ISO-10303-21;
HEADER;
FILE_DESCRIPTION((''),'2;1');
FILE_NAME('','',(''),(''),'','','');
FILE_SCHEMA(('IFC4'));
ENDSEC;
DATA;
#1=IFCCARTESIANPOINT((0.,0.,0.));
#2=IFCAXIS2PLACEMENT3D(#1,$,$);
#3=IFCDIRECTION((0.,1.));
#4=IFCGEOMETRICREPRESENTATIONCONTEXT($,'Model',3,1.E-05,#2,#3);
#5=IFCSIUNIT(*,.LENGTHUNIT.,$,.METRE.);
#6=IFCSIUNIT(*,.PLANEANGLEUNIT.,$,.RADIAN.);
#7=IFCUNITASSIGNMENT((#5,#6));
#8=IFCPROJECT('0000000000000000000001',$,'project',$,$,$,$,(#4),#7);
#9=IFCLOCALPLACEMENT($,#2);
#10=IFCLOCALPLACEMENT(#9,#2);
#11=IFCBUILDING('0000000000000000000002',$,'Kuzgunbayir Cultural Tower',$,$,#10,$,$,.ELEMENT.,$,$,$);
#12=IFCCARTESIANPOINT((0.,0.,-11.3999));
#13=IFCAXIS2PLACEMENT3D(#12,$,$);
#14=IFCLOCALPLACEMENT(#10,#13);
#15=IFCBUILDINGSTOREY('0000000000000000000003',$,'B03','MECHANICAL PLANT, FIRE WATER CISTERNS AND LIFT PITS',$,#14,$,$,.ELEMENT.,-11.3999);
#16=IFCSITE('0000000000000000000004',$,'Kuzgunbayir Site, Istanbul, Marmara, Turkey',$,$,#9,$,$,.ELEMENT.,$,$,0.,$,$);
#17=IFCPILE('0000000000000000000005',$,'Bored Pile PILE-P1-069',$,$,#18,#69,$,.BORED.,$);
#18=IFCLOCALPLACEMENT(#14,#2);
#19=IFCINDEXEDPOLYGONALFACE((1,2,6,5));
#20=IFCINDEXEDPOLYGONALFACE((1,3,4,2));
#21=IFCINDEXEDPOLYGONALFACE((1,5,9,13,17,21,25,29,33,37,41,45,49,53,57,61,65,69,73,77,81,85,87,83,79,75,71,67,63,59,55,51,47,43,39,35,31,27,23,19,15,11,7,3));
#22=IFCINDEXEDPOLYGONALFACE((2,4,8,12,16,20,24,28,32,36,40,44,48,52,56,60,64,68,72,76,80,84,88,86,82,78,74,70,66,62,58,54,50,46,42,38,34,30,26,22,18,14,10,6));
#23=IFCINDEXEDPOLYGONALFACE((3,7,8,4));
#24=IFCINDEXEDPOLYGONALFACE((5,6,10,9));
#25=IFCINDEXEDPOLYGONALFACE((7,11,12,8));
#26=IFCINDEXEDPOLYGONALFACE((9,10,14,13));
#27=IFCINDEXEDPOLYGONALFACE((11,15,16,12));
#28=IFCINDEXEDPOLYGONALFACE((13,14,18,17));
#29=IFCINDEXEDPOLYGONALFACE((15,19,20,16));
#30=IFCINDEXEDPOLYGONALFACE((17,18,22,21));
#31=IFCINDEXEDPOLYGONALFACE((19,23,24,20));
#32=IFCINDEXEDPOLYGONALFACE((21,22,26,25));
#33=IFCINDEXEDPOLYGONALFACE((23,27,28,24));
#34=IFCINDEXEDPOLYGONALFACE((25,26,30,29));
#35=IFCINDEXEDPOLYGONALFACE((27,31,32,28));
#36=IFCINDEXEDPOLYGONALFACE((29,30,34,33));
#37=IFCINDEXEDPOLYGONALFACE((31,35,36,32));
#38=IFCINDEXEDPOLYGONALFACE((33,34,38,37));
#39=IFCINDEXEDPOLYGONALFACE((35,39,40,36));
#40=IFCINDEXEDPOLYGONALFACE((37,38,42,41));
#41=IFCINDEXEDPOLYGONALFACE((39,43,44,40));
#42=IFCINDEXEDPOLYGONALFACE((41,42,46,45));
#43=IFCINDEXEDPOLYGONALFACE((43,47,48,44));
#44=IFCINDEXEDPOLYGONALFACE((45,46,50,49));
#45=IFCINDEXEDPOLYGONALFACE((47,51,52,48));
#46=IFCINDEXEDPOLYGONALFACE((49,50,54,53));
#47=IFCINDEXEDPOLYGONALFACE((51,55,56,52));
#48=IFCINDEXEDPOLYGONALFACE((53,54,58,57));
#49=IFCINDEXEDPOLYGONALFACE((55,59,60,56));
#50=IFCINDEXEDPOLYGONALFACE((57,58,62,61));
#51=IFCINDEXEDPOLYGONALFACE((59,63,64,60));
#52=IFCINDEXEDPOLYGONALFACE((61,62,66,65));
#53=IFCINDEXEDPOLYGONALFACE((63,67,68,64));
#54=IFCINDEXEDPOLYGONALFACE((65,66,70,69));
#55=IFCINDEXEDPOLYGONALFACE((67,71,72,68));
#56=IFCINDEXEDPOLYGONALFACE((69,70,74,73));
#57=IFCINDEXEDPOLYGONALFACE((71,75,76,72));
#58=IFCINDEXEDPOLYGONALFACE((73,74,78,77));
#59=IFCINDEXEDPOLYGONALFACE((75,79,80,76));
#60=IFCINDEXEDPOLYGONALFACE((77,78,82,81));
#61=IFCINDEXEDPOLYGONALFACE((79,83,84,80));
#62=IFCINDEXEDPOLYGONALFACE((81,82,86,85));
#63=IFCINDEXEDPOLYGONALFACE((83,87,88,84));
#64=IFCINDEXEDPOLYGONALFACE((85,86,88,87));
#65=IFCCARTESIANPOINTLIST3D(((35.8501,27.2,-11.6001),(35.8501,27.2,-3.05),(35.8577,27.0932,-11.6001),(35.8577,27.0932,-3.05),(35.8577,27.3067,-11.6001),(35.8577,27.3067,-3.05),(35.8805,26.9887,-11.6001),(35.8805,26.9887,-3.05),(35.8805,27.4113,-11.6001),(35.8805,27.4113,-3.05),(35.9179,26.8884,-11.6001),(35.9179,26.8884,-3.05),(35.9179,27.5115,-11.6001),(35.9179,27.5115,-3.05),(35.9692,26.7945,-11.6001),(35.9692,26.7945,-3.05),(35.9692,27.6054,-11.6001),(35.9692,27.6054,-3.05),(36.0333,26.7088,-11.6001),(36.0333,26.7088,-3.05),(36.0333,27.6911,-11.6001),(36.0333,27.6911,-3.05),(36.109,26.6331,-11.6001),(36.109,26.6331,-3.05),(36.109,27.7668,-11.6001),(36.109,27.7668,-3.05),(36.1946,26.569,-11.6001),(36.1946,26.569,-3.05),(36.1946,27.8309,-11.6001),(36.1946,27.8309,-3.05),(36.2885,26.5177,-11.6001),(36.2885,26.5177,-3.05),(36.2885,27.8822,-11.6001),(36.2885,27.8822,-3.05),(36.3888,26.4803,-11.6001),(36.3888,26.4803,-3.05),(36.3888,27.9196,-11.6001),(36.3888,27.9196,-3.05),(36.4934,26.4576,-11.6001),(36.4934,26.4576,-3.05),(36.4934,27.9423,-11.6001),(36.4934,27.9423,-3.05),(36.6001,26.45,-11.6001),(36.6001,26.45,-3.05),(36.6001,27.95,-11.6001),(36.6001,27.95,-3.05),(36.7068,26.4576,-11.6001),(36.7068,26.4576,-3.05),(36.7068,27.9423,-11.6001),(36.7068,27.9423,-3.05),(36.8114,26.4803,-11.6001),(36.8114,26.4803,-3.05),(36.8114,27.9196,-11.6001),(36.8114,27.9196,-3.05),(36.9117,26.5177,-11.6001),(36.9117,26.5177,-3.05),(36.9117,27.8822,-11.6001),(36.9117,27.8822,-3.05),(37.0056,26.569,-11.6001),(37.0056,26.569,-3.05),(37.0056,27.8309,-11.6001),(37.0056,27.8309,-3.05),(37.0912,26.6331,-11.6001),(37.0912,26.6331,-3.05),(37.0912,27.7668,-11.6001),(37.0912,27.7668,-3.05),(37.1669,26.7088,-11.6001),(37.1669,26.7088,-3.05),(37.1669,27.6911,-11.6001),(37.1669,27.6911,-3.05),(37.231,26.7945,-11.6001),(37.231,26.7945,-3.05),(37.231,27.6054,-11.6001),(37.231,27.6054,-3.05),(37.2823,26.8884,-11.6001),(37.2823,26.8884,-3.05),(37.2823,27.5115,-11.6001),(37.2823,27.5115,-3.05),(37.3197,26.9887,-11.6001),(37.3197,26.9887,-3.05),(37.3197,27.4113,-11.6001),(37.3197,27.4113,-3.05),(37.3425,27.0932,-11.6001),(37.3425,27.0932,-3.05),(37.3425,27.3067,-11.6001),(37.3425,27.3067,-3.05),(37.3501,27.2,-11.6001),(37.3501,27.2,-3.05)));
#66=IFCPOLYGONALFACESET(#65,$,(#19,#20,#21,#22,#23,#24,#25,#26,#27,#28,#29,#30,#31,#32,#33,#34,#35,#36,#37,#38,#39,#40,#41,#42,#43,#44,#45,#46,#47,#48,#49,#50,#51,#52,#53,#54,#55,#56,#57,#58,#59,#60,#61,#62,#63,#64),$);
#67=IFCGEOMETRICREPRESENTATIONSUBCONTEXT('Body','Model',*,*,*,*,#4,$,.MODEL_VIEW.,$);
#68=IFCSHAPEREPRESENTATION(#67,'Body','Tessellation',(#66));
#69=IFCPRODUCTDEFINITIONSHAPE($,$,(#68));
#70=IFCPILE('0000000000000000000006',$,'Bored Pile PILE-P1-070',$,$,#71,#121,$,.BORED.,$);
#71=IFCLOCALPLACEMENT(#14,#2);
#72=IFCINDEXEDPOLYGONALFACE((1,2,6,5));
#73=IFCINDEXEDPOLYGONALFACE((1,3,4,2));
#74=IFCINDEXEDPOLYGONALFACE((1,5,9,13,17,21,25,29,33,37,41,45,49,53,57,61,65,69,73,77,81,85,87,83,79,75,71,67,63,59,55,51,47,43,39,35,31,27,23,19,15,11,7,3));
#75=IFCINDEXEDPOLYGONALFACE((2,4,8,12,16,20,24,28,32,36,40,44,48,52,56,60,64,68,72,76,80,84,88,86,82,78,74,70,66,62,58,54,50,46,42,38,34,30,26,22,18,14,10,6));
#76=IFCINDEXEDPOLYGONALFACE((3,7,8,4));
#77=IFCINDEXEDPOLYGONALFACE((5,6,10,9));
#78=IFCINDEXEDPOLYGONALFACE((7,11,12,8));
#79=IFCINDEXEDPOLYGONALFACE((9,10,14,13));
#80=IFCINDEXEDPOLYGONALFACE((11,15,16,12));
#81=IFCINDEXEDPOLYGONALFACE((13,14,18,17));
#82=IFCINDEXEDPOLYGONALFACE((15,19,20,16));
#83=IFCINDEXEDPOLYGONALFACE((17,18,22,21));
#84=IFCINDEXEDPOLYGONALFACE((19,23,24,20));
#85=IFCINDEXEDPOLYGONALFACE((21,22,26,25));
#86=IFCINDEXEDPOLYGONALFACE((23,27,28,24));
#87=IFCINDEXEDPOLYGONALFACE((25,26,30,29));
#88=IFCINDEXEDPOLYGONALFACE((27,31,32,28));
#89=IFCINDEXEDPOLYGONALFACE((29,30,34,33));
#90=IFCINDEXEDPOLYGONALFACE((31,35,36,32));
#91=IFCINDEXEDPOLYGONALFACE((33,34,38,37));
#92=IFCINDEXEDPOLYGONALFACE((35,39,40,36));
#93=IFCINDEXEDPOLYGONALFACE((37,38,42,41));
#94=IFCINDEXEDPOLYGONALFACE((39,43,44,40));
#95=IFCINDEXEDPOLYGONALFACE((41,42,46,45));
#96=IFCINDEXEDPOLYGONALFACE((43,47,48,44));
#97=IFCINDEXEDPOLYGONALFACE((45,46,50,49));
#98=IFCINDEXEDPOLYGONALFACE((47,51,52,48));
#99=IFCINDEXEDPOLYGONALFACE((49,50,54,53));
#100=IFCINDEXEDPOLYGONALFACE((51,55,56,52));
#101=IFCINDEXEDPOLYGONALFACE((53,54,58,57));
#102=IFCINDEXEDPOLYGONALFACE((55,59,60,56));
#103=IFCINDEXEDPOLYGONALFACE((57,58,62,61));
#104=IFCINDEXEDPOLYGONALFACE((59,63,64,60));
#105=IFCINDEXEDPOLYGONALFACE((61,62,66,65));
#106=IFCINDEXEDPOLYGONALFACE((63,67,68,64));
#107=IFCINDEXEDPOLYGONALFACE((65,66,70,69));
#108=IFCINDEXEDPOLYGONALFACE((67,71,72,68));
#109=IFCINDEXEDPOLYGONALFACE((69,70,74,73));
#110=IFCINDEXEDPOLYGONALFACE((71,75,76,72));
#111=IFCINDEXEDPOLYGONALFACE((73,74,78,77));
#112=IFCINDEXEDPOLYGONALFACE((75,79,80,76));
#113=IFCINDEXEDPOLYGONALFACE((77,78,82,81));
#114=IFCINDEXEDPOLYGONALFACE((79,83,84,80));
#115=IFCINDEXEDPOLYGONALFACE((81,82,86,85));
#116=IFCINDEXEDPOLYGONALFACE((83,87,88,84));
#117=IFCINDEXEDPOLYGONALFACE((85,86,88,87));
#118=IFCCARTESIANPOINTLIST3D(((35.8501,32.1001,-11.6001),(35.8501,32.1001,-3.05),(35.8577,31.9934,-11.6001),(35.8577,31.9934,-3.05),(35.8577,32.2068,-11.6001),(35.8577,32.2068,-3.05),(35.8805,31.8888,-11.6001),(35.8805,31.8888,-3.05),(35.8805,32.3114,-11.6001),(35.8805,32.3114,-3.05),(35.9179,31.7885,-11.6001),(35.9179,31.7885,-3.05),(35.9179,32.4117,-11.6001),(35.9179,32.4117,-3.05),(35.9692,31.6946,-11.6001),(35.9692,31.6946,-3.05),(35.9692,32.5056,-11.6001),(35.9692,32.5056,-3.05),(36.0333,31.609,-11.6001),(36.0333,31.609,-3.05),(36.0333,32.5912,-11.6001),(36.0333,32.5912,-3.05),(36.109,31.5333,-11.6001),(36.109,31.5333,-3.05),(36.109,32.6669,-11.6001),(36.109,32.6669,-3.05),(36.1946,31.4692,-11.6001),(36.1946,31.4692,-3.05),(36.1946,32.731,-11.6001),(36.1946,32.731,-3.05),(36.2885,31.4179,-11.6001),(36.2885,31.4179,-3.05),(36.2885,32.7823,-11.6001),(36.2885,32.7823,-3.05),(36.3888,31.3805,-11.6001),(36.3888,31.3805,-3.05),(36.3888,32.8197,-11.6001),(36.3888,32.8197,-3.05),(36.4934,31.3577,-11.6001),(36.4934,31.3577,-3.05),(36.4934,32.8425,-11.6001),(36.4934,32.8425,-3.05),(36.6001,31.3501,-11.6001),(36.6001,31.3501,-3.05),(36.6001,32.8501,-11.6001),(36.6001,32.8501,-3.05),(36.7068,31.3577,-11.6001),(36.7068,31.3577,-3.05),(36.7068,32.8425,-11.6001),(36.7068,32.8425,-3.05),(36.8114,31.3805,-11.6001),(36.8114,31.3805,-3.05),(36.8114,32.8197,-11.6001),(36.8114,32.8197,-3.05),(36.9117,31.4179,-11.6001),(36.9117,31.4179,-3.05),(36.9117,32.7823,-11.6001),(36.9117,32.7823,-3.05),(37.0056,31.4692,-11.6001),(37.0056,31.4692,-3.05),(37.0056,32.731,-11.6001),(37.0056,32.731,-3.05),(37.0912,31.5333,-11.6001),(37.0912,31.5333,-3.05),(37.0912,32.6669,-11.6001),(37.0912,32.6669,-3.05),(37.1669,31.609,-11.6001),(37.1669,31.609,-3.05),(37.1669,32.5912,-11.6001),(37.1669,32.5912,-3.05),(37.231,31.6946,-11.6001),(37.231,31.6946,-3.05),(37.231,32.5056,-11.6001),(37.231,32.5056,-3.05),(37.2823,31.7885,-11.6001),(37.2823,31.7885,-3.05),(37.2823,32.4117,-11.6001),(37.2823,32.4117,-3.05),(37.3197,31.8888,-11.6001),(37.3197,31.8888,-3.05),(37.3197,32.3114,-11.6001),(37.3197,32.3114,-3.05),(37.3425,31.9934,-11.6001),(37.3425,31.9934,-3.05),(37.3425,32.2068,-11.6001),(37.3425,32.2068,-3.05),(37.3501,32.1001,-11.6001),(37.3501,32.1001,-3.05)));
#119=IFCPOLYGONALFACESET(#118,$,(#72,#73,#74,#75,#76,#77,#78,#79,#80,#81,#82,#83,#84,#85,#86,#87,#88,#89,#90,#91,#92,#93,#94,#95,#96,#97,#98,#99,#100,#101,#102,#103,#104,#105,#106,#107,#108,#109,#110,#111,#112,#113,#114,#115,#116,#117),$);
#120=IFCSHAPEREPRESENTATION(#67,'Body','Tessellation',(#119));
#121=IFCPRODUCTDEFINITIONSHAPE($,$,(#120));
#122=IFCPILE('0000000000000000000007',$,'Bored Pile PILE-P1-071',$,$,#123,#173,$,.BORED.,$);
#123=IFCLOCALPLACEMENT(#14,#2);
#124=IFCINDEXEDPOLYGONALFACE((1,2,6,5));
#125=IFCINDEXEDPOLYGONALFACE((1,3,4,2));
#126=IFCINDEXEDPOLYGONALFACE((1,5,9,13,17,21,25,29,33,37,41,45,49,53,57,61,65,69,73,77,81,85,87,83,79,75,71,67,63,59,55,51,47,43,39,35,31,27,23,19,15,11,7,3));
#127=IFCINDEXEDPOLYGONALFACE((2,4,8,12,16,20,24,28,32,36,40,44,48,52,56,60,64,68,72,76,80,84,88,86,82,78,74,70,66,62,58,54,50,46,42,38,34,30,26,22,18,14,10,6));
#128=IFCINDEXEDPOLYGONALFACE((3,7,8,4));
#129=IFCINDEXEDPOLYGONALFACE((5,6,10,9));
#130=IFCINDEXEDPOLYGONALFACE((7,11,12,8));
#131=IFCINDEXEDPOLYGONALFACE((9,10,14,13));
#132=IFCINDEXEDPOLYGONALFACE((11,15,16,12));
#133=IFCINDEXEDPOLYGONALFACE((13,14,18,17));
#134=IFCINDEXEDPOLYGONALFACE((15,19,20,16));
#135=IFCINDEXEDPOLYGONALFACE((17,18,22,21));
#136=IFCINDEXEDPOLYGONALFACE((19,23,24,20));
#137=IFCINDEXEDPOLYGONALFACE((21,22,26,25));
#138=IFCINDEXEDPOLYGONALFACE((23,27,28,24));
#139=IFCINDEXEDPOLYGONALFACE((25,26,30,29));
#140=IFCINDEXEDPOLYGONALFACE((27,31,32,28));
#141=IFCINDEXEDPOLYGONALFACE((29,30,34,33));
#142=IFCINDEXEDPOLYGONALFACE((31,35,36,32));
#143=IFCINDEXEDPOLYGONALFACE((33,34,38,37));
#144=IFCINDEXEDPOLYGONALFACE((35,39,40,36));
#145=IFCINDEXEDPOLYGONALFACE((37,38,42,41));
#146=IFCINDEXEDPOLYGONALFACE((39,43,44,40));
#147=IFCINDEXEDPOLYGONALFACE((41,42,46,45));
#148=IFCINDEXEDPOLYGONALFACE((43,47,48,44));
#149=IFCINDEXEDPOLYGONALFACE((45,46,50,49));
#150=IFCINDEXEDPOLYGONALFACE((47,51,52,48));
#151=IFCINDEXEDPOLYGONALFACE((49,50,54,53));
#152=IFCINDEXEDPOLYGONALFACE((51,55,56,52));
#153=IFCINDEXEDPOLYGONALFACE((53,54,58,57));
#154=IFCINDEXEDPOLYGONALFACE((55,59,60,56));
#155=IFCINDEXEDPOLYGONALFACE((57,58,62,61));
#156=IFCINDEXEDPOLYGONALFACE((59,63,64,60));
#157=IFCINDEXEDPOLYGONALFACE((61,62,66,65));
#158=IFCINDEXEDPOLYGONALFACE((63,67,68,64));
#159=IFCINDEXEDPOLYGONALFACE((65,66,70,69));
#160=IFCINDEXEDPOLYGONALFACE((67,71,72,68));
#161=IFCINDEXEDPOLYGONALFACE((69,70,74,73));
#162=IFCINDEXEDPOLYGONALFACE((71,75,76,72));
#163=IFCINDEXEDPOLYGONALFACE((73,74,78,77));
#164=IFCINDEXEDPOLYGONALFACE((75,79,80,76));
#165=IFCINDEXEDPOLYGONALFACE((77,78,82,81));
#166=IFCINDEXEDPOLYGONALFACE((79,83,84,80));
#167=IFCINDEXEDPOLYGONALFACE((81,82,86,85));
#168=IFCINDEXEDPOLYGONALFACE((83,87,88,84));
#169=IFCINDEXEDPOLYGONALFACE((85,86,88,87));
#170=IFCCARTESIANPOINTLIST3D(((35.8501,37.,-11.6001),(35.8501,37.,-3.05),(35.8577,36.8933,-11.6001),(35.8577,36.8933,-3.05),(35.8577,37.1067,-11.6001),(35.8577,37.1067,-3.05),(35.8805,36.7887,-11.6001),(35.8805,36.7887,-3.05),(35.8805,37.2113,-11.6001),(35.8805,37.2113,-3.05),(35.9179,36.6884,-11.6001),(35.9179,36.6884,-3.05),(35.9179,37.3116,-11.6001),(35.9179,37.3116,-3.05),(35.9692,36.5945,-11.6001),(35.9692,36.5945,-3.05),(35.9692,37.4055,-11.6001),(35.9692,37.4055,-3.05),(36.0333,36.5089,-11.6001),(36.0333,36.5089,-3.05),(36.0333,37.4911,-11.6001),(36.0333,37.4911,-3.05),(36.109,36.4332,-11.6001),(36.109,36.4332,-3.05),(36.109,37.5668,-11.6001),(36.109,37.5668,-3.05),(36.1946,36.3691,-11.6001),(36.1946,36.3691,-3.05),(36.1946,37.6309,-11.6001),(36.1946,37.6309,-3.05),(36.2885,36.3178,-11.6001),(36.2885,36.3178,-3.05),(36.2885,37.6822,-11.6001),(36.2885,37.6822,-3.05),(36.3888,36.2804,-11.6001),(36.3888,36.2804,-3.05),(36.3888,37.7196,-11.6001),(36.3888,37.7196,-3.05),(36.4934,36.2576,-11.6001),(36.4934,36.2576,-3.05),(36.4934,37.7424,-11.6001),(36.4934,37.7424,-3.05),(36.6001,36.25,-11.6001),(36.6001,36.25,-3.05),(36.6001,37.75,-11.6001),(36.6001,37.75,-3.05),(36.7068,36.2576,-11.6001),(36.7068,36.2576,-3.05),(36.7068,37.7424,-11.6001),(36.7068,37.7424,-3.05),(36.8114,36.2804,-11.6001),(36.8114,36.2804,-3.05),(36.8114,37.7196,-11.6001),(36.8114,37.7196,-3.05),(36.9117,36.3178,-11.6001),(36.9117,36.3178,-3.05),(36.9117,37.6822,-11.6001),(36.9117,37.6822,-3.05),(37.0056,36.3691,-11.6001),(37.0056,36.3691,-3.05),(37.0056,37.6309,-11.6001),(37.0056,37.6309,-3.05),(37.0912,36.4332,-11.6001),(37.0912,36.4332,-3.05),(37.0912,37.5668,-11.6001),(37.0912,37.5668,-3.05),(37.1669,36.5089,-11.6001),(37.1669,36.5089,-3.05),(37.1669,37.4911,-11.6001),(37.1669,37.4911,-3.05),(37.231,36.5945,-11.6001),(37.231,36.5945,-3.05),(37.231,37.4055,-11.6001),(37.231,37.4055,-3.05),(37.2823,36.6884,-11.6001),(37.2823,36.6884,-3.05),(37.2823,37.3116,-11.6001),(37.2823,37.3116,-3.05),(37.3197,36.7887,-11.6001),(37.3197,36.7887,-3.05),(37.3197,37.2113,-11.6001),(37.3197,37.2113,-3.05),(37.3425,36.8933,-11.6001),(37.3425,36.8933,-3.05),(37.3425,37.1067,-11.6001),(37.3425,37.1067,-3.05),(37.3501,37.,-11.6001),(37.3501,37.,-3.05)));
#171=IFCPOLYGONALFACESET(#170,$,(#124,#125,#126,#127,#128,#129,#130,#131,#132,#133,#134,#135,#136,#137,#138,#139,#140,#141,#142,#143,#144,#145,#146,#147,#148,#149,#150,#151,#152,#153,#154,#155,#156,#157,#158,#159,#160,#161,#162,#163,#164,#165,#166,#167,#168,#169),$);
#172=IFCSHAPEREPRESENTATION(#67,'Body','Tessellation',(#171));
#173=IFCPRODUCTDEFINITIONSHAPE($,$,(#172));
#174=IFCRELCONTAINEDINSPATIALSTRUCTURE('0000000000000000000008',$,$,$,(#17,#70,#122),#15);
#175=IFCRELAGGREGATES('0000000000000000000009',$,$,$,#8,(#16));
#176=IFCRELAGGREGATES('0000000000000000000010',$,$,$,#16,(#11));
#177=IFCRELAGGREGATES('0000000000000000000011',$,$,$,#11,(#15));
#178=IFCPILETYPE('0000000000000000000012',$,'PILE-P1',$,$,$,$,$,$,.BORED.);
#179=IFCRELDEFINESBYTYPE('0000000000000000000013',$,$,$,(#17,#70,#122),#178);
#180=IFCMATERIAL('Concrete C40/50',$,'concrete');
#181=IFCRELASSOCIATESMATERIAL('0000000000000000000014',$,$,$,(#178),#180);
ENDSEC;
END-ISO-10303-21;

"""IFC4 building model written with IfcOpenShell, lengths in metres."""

from ifc_helpers import new_model, si_unit, direction, frame, origin, origin_2d, place, context, subcontext, project, spatial, circle, extrude, material, material_profile, profile_set, type_object, element, save


model = new_model("IFC4")

# Units and contexts
model_context = context("Model", 3, precision=1e-05, world=origin(), true_north=direction((0.0, 1.0)))
body_context = subcontext(model_context, "Body", "Model", "MODEL_VIEW")
ifc_project = project(units=[si_unit("LENGTHUNIT", "METRE"), si_unit("PLANEANGLEUNIT", "RADIAN")], contexts=[model_context])

# Site, building, storey
site_placement = place(None, origin())
site = spatial("IfcSite", under=ifc_project, at=site_placement, Name="Kuzgunbayir Site, Istanbul, Marmara, Turkey", CompositionType="ELEMENT", RefElevation=0.0)
building_placement = place(site_placement, origin())
building = spatial("IfcBuilding", under=site, at=building_placement, Name="Kuzgunbayir Cultural Tower", CompositionType="ELEMENT")
storey_placement = place(building_placement, frame((0.0, 0.0, -11.3999)))
storey = spatial("IfcBuildingStorey", under=building, at=storey_placement, Name="B03", Description="MECHANICAL PLANT, FIRE WATER CISTERNS AND LIFT PITS", CompositionType="ELEMENT", Elevation=-11.3999)

# Piles
ifc_material_1 = material(Name="Concrete C40/50", Category="concrete")
ifc_material_profile_1 = material_profile(ifc_material_1, circle(Radius=0.75, at=origin_2d()), Name="BORED PILE 1500")
ifc_profile_set_1 = profile_set([ifc_material_profile_1], Name="Concrete C40/50")
pile_type_1 = type_object("IfcPileType", Name="PILE-P1", PredefinedType="BORED", material=ifc_profile_set_1)
for number, where, z_axis, x_axis, name in (
    (1, (36.6001, 27.2, -3.05), (0.0, 0.0, -1.0), (1.0, 0.0, 0.0), "Bored Pile PILE-P1-069"),
    (2, (36.6001, 32.1001, -3.05), (0.0, 0.0, -1.0), (1.0, 0.0, 0.0), "Bored Pile PILE-P1-070"),
    (3, (36.6001, 37.0, -3.05), (0.0, 0.0, -1.0), (1.0, 0.0, 0.0), "Bored Pile PILE-P1-071"),
):
    element("IfcPile", number, at=place(storey_placement, frame(where, z_axis=z_axis, x_axis=x_axis)), inside=storey, type_object=pile_type_1, Name=name, PredefinedType="BORED", context=body_context, shape_type="SweptSolid", body=[
        extrude(circle(Radius=0.75, at=origin_2d()), origin(), (0.0, 0.0, 1.0), 8.55),
    ])

save(model, "model.ifc")
